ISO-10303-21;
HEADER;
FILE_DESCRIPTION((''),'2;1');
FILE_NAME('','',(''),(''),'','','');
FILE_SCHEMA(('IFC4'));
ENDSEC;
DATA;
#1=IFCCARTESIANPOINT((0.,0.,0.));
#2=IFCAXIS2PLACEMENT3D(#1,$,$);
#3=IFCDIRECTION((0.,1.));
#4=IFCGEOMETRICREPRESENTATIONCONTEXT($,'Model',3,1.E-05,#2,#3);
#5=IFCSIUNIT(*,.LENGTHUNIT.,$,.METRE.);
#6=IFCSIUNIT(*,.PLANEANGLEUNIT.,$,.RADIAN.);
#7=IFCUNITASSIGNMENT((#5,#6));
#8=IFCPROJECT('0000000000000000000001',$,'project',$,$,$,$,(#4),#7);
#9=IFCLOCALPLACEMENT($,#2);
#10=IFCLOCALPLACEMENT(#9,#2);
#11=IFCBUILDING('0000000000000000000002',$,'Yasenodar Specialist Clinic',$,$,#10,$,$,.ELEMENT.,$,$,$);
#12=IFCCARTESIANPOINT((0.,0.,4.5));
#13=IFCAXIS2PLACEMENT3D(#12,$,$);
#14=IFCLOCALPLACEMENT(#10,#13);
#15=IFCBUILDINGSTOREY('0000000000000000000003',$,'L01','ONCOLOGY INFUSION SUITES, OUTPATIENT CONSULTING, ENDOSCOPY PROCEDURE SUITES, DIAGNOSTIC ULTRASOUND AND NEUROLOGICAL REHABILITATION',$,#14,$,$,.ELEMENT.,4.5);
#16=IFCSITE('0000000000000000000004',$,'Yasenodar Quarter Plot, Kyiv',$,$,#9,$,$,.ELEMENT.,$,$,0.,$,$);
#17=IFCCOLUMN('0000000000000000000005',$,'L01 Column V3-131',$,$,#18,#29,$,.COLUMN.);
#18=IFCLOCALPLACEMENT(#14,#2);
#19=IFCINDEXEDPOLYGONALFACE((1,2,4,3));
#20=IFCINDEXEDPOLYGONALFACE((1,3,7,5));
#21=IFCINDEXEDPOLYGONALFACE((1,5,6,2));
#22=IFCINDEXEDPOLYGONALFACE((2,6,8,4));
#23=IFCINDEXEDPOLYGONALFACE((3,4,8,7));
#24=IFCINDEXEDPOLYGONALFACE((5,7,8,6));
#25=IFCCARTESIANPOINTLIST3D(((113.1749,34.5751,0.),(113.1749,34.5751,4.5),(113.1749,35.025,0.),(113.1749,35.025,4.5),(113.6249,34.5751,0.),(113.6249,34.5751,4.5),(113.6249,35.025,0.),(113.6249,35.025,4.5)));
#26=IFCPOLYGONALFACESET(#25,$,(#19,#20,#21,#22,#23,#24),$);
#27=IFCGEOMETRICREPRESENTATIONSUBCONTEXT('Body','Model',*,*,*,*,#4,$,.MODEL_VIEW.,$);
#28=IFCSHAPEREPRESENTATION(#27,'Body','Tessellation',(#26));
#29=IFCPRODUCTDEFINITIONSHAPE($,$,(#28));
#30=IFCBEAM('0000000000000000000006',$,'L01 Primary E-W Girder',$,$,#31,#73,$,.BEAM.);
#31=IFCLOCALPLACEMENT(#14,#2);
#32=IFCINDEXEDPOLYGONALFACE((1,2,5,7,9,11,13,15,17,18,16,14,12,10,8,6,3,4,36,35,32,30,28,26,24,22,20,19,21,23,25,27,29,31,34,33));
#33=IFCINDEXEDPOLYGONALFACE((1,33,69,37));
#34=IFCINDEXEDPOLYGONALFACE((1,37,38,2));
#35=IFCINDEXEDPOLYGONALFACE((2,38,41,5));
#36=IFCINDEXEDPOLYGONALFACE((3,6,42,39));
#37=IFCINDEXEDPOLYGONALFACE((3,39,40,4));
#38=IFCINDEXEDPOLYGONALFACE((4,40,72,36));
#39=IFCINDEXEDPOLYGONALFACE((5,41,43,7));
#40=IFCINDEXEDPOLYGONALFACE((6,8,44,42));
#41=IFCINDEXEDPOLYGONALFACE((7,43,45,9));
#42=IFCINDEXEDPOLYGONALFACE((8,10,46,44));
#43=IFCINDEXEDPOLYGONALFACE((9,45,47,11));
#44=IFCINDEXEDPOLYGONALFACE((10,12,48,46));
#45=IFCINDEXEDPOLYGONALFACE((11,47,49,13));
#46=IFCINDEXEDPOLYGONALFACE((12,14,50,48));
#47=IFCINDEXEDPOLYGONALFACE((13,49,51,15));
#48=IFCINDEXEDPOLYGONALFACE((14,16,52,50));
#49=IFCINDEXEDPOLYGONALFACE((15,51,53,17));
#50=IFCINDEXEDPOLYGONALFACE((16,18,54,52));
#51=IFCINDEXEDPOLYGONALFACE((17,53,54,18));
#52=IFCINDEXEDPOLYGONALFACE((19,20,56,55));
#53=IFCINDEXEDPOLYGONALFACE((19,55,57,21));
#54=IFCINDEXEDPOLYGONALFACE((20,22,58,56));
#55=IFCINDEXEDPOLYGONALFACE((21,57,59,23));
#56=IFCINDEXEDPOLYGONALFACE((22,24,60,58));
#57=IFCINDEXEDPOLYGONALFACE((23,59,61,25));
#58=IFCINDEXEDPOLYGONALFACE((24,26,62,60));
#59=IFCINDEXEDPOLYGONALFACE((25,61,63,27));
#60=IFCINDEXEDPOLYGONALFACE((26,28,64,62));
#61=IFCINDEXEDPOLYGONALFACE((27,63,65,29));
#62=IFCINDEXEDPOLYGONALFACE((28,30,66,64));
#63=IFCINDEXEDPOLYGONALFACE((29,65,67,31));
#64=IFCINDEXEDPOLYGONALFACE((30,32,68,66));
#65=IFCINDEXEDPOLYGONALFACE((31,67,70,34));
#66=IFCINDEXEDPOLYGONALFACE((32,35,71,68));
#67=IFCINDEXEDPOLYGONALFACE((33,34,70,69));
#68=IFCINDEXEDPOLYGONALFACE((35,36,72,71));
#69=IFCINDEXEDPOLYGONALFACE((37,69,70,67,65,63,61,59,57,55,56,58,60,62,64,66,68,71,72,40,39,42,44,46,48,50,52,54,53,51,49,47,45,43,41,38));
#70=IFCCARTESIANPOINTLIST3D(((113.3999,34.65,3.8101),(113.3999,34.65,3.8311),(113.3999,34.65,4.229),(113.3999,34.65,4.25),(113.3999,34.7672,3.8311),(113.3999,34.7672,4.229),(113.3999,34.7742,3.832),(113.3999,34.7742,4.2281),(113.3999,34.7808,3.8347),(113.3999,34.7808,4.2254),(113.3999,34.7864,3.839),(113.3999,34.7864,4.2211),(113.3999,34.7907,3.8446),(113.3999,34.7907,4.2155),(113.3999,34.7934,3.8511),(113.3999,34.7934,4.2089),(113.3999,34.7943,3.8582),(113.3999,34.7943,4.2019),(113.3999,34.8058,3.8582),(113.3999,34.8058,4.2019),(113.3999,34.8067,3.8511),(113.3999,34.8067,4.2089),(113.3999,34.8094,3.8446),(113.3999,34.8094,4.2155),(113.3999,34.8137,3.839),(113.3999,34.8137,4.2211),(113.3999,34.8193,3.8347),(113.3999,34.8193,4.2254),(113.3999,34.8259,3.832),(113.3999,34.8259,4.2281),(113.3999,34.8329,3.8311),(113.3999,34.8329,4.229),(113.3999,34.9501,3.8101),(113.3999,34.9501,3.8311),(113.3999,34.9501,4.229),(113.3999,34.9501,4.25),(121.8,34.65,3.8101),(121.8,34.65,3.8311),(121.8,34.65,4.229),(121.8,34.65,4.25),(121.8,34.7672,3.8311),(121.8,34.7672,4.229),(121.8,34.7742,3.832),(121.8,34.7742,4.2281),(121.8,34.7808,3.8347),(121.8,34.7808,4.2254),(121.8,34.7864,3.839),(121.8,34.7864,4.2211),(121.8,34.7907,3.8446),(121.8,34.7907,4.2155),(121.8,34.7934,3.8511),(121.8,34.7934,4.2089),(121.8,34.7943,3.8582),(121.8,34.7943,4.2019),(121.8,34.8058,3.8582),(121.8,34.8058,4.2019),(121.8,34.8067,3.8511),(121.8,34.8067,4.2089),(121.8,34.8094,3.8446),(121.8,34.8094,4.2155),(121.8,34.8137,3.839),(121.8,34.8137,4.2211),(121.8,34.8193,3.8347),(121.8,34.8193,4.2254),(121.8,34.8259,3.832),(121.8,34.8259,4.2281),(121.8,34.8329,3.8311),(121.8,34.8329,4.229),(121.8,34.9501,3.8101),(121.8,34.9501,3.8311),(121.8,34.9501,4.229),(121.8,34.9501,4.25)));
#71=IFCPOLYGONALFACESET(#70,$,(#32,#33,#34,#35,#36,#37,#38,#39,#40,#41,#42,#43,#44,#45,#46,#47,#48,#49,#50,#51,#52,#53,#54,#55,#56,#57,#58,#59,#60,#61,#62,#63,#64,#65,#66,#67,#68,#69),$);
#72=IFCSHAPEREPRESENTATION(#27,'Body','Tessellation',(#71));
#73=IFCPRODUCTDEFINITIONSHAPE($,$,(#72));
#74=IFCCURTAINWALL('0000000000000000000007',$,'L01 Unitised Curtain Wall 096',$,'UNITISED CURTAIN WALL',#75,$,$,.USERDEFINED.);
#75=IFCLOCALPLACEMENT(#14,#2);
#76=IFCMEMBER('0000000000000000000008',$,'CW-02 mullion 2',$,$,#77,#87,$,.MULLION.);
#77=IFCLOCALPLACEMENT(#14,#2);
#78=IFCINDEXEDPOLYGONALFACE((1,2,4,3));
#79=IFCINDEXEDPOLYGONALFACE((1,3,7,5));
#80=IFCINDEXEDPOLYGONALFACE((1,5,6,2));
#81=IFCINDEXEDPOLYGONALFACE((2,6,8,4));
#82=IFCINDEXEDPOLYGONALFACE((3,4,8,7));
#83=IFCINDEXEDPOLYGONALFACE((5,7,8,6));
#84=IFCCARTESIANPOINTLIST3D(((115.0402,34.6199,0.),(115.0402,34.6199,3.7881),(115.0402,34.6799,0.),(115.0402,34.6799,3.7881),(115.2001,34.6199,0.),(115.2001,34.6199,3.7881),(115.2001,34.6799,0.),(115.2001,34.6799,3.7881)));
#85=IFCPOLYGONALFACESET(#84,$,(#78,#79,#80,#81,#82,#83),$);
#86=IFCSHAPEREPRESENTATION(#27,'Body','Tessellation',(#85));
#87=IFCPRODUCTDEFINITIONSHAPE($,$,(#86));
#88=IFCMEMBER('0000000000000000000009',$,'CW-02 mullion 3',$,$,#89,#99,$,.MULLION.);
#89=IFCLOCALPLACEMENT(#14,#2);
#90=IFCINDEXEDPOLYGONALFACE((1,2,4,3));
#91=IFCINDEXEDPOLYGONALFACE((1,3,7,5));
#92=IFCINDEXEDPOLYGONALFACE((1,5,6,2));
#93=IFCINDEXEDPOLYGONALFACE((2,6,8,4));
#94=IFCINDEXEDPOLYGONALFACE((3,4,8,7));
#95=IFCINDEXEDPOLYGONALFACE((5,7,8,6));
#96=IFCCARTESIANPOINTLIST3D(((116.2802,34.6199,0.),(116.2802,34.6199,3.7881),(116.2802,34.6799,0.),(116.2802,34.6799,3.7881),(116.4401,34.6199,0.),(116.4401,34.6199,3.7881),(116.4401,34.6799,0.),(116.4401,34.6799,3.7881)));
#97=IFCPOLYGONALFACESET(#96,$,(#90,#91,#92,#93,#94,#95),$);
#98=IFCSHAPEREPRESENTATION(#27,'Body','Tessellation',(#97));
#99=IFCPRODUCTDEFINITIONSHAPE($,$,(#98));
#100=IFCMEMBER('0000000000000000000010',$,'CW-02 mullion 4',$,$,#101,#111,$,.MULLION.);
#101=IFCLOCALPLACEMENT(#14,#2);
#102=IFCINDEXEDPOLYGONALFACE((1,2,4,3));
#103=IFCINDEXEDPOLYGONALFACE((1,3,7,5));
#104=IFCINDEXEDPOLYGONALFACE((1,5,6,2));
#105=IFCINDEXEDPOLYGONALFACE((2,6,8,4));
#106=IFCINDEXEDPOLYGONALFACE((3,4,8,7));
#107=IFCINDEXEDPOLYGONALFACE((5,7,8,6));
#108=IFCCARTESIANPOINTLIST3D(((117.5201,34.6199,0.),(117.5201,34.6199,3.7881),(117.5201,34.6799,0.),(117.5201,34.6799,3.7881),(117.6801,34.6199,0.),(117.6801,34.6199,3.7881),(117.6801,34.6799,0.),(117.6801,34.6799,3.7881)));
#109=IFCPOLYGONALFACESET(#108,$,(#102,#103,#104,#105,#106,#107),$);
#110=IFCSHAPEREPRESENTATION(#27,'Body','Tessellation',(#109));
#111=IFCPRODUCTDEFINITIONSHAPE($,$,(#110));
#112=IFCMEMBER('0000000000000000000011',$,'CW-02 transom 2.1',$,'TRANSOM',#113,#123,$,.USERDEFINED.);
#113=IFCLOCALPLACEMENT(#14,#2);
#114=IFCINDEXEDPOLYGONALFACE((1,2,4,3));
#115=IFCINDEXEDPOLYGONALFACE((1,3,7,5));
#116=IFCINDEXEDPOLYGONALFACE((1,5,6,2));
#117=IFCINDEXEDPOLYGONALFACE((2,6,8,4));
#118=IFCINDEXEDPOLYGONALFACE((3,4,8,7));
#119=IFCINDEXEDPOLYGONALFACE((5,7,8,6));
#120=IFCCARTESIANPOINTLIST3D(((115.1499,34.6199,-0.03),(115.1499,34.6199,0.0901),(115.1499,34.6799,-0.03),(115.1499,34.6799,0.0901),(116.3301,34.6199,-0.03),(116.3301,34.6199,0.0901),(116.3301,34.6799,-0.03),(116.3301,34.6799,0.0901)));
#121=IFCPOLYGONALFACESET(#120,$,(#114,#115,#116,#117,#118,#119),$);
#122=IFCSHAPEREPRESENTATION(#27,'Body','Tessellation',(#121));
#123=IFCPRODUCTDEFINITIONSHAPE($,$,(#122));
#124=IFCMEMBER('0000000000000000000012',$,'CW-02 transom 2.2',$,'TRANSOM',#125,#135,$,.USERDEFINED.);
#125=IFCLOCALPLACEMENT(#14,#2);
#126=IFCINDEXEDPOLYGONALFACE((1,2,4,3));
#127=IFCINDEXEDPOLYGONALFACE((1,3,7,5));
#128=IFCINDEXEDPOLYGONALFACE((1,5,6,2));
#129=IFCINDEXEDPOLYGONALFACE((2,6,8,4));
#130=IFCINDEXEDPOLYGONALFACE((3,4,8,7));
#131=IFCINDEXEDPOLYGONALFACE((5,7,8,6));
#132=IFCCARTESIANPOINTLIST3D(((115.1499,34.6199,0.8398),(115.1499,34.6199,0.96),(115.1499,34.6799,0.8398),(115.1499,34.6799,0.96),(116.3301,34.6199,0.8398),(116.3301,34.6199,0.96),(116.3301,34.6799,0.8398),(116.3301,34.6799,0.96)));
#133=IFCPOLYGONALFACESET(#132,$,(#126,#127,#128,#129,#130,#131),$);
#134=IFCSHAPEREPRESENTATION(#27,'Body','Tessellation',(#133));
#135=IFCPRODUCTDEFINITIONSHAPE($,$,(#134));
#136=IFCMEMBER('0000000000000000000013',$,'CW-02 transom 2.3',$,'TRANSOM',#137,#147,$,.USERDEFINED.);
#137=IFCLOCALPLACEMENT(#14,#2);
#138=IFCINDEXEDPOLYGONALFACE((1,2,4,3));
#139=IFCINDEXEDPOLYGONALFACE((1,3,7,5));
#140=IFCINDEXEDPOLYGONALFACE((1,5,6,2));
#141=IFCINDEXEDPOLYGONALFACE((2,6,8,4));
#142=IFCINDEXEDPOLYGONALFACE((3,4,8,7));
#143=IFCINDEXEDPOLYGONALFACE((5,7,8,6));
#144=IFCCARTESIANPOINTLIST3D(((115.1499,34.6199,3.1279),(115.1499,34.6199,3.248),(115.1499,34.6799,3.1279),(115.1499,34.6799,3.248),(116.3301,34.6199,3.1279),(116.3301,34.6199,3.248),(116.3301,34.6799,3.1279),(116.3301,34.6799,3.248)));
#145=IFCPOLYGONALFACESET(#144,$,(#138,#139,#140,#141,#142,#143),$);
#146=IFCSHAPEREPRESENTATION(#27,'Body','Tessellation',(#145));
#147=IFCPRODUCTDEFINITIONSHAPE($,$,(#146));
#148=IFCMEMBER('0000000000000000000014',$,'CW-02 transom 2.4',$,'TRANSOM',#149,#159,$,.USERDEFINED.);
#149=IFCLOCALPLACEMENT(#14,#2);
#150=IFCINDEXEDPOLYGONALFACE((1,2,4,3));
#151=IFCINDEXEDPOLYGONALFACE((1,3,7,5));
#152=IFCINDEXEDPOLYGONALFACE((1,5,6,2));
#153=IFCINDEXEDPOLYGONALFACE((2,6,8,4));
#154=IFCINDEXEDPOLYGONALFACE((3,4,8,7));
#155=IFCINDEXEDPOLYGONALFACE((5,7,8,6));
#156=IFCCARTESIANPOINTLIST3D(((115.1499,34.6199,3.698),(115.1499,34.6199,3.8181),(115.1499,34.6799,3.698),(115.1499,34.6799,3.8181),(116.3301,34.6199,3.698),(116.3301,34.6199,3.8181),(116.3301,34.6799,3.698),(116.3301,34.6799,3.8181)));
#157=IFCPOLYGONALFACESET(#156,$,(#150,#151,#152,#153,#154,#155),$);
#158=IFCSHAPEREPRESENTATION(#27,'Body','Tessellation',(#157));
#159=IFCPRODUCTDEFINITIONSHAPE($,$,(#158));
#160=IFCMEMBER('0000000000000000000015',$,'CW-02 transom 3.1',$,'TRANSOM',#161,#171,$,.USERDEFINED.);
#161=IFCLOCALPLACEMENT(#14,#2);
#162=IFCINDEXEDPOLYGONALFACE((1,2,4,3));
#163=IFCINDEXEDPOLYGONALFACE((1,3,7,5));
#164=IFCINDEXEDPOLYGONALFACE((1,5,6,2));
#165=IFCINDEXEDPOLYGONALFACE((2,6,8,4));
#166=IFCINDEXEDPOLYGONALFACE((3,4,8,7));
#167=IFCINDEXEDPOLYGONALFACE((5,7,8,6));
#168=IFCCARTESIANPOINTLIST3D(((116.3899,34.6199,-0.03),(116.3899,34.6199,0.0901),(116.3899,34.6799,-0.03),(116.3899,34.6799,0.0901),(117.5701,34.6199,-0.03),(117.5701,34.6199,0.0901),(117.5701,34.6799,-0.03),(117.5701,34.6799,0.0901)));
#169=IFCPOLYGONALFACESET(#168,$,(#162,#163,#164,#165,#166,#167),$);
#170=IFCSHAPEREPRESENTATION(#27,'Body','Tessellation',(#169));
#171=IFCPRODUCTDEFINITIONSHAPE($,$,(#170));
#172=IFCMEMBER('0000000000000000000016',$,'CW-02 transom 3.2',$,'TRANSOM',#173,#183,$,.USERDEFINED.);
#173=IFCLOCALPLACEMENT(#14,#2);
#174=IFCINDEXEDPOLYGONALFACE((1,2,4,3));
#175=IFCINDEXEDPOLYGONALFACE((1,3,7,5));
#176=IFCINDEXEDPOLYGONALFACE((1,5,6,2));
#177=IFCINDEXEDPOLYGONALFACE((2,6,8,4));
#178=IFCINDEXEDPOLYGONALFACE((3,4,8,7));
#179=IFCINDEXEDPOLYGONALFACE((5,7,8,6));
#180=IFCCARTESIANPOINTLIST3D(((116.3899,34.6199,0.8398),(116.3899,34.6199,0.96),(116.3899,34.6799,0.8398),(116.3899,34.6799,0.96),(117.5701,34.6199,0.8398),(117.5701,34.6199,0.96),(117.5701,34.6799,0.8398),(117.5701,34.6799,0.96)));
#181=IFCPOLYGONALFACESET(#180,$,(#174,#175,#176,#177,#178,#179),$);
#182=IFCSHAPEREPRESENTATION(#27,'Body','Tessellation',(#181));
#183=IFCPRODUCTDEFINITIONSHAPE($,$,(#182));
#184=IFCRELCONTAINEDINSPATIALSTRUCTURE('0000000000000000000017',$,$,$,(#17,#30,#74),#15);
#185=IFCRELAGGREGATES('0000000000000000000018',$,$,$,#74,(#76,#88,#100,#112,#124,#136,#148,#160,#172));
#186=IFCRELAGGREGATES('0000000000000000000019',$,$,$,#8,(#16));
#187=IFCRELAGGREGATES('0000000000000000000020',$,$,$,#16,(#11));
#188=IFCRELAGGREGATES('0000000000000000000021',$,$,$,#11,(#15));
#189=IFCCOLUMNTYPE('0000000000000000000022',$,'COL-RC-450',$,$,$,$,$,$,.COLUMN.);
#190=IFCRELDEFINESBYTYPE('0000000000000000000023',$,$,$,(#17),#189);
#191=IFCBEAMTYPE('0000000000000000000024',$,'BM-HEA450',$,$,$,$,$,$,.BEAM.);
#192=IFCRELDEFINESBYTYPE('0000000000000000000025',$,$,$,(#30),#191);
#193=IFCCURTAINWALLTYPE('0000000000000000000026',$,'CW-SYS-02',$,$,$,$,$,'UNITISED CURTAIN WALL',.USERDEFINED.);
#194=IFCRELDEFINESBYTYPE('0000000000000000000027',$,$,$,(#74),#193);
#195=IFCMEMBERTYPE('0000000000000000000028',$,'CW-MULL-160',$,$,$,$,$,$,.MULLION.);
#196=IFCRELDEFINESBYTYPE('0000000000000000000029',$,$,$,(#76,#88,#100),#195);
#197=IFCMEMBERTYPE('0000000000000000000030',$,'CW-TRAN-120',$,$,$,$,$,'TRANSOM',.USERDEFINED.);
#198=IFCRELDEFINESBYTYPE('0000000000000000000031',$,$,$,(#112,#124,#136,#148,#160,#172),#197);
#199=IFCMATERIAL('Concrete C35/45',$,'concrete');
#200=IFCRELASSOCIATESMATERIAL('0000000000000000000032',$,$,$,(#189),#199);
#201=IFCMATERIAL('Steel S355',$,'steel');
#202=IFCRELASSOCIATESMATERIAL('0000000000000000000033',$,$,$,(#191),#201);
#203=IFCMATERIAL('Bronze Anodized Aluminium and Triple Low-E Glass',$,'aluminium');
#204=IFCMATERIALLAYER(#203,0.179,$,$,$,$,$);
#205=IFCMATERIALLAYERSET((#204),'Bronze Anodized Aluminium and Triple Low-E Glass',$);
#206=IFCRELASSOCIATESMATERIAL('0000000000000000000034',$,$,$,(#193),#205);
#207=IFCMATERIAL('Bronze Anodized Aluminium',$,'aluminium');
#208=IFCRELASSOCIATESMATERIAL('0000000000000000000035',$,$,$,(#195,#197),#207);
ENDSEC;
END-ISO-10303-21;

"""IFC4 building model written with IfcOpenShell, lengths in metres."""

from ifc_helpers import new_model, si_unit, direction, frame, origin, origin_2d, place, context, subcontext, project, spatial, rectangle, i_section, extrude, material, layer, layer_set, material_profile, profile_set, type_object, element, aggregate, save


model = new_model("IFC4")

# Units and contexts
model_context = context("Model", 3, precision=1e-05, world=origin(), true_north=direction((0.0, 1.0)))
body_context = subcontext(model_context, "Body", "Model", "MODEL_VIEW")
ifc_project = project(units=[si_unit("LENGTHUNIT", "METRE"), si_unit("PLANEANGLEUNIT", "RADIAN")], contexts=[model_context])

# Site, building, storey
site_placement = place(None, origin())
site = spatial("IfcSite", under=ifc_project, at=site_placement, Name="Yasenodar Quarter Plot, Kyiv", CompositionType="ELEMENT", RefElevation=0.0)
building_placement = place(site_placement, origin())
building = spatial("IfcBuilding", under=site, at=building_placement, Name="Yasenodar Specialist Clinic", CompositionType="ELEMENT")
storey_placement = place(building_placement, frame((0.0, 0.0, 4.5)))
storey = spatial("IfcBuildingStorey", under=building, at=storey_placement, Name="L01", Description="ONCOLOGY INFUSION SUITES, OUTPATIENT CONSULTING, ENDOSCOPY PROCEDURE SUITES, DIAGNOSTIC ULTRASOUND AND NEUROLOGICAL REHABILITATION", CompositionType="ELEMENT", Elevation=4.5)

# Column
ifc_material_1 = material(Name="Concrete C35/45", Category="concrete")
ifc_material_profile_1 = material_profile(ifc_material_1, rectangle(XDim=0.45, YDim=0.45, at=origin_2d()), Name="RC 450x450")
ifc_profile_set_1 = profile_set([ifc_material_profile_1], Name="Concrete C35/45")
column_type = type_object("IfcColumnType", Name="COL-RC-450", PredefinedType="COLUMN", material=ifc_profile_set_1)
column_placement = place(storey_placement, frame((113.3999, 34.8, 0.0), z_axis=(0.0, 0.0, 1.0), x_axis=(1.0, 0.0, 0.0)))
element("IfcColumn", 1, at=column_placement, inside=storey, type_object=column_type, Name="L01 Column V3-131", PredefinedType="COLUMN", context=body_context, shape_type="SweptSolid", body=[
    extrude(rectangle(XDim=0.45, YDim=0.45, at=origin_2d()), origin(), (0.0, 0.0, 1.0), 4.5),
])

# Beam
ifc_material_2 = material(Name="Steel S355", Category="steel")
ifc_material_profile_2 = material_profile(ifc_material_2, i_section(OverallWidth=0.3, OverallDepth=0.4399, WebThickness=0.0115, FlangeThickness=0.021, FilletRadius=0.0271, at=origin_2d()), Name="HEA 450")
ifc_profile_set_2 = profile_set([ifc_material_profile_2], Name="Steel S355")
beam_type = type_object("IfcBeamType", Name="BM-HEA450", PredefinedType="BEAM", material=ifc_profile_set_2)
beam_placement = place(storey_placement, frame((113.3999, 34.8, 4.03), z_axis=(1.0, 0.0, 0.0), x_axis=(0.0, 1.0, 0.0)))
element("IfcBeam", 2, at=beam_placement, inside=storey, type_object=beam_type, Name="L01 Primary E-W Girder", PredefinedType="BEAM", context=body_context, shape_type="SweptSolid", body=[
    extrude(i_section(OverallWidth=0.3, OverallDepth=0.4399, WebThickness=0.0115, FlangeThickness=0.021, FilletRadius=0.0271, at=origin_2d()), origin(), (0.0, 0.0, 1.0), 8.4001),
])

# Curtain wall, members
ifc_material_3 = material(Name="Bronze Anodized Aluminium and Triple Low-E Glass", Category="aluminium")
ifc_layer_1 = layer(ifc_material_3, 0.179)
ifc_layer_set_1 = layer_set([ifc_layer_1], Name="Bronze Anodized Aluminium and Triple Low-E Glass")
curtain_wall_type = type_object("IfcCurtainWallType", Name="CW-SYS-02", ElementType="UNITISED CURTAIN WALL", PredefinedType="USERDEFINED", material=ifc_layer_set_1)
curtain_wall_placement = place(storey_placement, origin())
curtain_wall = element("IfcCurtainWall", 3, at=curtain_wall_placement, inside=storey, type_object=curtain_wall_type, Name="L01 Unitised Curtain Wall 096", ObjectType="UNITISED CURTAIN WALL", PredefinedType="USERDEFINED")
ifc_material_4 = material(Name="Bronze Anodized Aluminium", Category="aluminium")
ifc_material_profile_3 = material_profile(ifc_material_4, rectangle(XDim=0.0601, YDim=0.1599, at=origin_2d()), Name="CW-MULL 60x160")
ifc_profile_set_3 = profile_set([ifc_material_profile_3], Name="Bronze Anodized Aluminium")
member_type_1 = type_object("IfcMemberType", Name="CW-MULL-160", PredefinedType="MULLION", material=ifc_profile_set_3)
member_1_placement = place(storey_placement, frame((115.1201, 34.6499, 0.0), z_axis=(0.0, 0.0, 1.0), x_axis=(0.0, 1.0, 0.0)))
member_1 = element("IfcMember", 4, at=member_1_placement, type_object=member_type_1, Name="CW-02 mullion 2", PredefinedType="MULLION", context=body_context, shape_type="SweptSolid", body=[
    extrude(rectangle(XDim=0.0601, YDim=0.1599, at=origin_2d()), origin(), (0.0, 0.0, 1.0), 3.7881),
])
member_2_placement = place(storey_placement, frame((116.3601, 34.6499, 0.0), z_axis=(0.0, 0.0, 1.0), x_axis=(0.0, 1.0, 0.0)))
member_2 = element("IfcMember", 5, at=member_2_placement, type_object=member_type_1, Name="CW-02 mullion 3", PredefinedType="MULLION", context=body_context, shape_type="SweptSolid", body=[
    extrude(rectangle(XDim=0.0601, YDim=0.1599, at=origin_2d()), origin(), (0.0, 0.0, 1.0), 3.7881),
])
member_3_placement = place(storey_placement, frame((117.6001, 34.6499, 0.0), z_axis=(0.0, 0.0, 1.0), x_axis=(0.0, 1.0, 0.0)))
member_3 = element("IfcMember", 6, at=member_3_placement, type_object=member_type_1, Name="CW-02 mullion 4", PredefinedType="MULLION", context=body_context, shape_type="SweptSolid", body=[
    extrude(rectangle(XDim=0.0601, YDim=0.1599, at=origin_2d()), origin(), (0.0, 0.0, 1.0), 3.7881),
])
ifc_material_profile_4 = material_profile(ifc_material_4, rectangle(XDim=0.0601, YDim=0.1201, at=origin_2d()), Name="CW-TRAN 60x120")
ifc_profile_set_4 = profile_set([ifc_material_profile_4], Name="Bronze Anodized Aluminium")
member_type_2 = type_object("IfcMemberType", Name="CW-TRAN-120", ElementType="TRANSOM", PredefinedType="USERDEFINED", material=ifc_profile_set_4)
member_4_placement = place(storey_placement, frame((115.1499, 34.6499, 0.03), z_axis=(1.0, 0.0, 0.0), x_axis=(0.0, 1.0, 0.0)))
member_4 = element("IfcMember", 7, at=member_4_placement, type_object=member_type_2, Name="CW-02 transom 2.1", ObjectType="TRANSOM", PredefinedType="USERDEFINED", context=body_context, shape_type="SweptSolid", body=[
    extrude(rectangle(XDim=0.0601, YDim=0.1201, at=origin_2d()), origin(), (0.0, 0.0, 1.0), 1.1802),
])
member_5_placement = place(storey_placement, frame((115.1499, 34.6499, 0.8999), z_axis=(1.0, 0.0, 0.0), x_axis=(0.0, 1.0, 0.0)))
member_5 = element("IfcMember", 8, at=member_5_placement, type_object=member_type_2, Name="CW-02 transom 2.2", ObjectType="TRANSOM", PredefinedType="USERDEFINED", context=body_context, shape_type="SweptSolid", body=[
    extrude(rectangle(XDim=0.0601, YDim=0.1201, at=origin_2d()), origin(), (0.0, 0.0, 1.0), 1.1802),
])
member_6_placement = place(storey_placement, frame((115.1499, 34.6499, 3.188), z_axis=(1.0, 0.0, 0.0), x_axis=(0.0, 1.0, 0.0)))
member_6 = element("IfcMember", 9, at=member_6_placement, type_object=member_type_2, Name="CW-02 transom 2.3", ObjectType="TRANSOM", PredefinedType="USERDEFINED", context=body_context, shape_type="SweptSolid", body=[
    extrude(rectangle(XDim=0.0601, YDim=0.1201, at=origin_2d()), origin(), (0.0, 0.0, 1.0), 1.1802),
])
member_7_placement = place(storey_placement, frame((115.1499, 34.6499, 3.7581), z_axis=(1.0, 0.0, 0.0), x_axis=(0.0, 1.0, 0.0)))
member_7 = element("IfcMember", 10, at=member_7_placement, type_object=member_type_2, Name="CW-02 transom 2.4", ObjectType="TRANSOM", PredefinedType="USERDEFINED", context=body_context, shape_type="SweptSolid", body=[
    extrude(rectangle(XDim=0.0601, YDim=0.1201, at=origin_2d()), origin(), (0.0, 0.0, 1.0), 1.1802),
])
member_8_placement = place(storey_placement, frame((116.3899, 34.6499, 0.03), z_axis=(1.0, 0.0, 0.0), x_axis=(0.0, 1.0, 0.0)))
member_8 = element("IfcMember", 11, at=member_8_placement, type_object=member_type_2, Name="CW-02 transom 3.1", ObjectType="TRANSOM", PredefinedType="USERDEFINED", context=body_context, shape_type="SweptSolid", body=[
    extrude(rectangle(XDim=0.0601, YDim=0.1201, at=origin_2d()), origin(), (0.0, 0.0, 1.0), 1.1802),
])
member_9_placement = place(storey_placement, frame((116.3899, 34.6499, 0.8999), z_axis=(1.0, 0.0, 0.0), x_axis=(0.0, 1.0, 0.0)))
member_9 = element("IfcMember", 12, at=member_9_placement, type_object=member_type_2, Name="CW-02 transom 3.2", ObjectType="TRANSOM", PredefinedType="USERDEFINED", context=body_context, shape_type="SweptSolid", body=[
    extrude(rectangle(XDim=0.0601, YDim=0.1201, at=origin_2d()), origin(), (0.0, 0.0, 1.0), 1.1802),
])
aggregate(curtain_wall, [member_1, member_2, member_3, member_4, member_5, member_6, member_7, member_8, member_9])

save(model, "model.ifc")
